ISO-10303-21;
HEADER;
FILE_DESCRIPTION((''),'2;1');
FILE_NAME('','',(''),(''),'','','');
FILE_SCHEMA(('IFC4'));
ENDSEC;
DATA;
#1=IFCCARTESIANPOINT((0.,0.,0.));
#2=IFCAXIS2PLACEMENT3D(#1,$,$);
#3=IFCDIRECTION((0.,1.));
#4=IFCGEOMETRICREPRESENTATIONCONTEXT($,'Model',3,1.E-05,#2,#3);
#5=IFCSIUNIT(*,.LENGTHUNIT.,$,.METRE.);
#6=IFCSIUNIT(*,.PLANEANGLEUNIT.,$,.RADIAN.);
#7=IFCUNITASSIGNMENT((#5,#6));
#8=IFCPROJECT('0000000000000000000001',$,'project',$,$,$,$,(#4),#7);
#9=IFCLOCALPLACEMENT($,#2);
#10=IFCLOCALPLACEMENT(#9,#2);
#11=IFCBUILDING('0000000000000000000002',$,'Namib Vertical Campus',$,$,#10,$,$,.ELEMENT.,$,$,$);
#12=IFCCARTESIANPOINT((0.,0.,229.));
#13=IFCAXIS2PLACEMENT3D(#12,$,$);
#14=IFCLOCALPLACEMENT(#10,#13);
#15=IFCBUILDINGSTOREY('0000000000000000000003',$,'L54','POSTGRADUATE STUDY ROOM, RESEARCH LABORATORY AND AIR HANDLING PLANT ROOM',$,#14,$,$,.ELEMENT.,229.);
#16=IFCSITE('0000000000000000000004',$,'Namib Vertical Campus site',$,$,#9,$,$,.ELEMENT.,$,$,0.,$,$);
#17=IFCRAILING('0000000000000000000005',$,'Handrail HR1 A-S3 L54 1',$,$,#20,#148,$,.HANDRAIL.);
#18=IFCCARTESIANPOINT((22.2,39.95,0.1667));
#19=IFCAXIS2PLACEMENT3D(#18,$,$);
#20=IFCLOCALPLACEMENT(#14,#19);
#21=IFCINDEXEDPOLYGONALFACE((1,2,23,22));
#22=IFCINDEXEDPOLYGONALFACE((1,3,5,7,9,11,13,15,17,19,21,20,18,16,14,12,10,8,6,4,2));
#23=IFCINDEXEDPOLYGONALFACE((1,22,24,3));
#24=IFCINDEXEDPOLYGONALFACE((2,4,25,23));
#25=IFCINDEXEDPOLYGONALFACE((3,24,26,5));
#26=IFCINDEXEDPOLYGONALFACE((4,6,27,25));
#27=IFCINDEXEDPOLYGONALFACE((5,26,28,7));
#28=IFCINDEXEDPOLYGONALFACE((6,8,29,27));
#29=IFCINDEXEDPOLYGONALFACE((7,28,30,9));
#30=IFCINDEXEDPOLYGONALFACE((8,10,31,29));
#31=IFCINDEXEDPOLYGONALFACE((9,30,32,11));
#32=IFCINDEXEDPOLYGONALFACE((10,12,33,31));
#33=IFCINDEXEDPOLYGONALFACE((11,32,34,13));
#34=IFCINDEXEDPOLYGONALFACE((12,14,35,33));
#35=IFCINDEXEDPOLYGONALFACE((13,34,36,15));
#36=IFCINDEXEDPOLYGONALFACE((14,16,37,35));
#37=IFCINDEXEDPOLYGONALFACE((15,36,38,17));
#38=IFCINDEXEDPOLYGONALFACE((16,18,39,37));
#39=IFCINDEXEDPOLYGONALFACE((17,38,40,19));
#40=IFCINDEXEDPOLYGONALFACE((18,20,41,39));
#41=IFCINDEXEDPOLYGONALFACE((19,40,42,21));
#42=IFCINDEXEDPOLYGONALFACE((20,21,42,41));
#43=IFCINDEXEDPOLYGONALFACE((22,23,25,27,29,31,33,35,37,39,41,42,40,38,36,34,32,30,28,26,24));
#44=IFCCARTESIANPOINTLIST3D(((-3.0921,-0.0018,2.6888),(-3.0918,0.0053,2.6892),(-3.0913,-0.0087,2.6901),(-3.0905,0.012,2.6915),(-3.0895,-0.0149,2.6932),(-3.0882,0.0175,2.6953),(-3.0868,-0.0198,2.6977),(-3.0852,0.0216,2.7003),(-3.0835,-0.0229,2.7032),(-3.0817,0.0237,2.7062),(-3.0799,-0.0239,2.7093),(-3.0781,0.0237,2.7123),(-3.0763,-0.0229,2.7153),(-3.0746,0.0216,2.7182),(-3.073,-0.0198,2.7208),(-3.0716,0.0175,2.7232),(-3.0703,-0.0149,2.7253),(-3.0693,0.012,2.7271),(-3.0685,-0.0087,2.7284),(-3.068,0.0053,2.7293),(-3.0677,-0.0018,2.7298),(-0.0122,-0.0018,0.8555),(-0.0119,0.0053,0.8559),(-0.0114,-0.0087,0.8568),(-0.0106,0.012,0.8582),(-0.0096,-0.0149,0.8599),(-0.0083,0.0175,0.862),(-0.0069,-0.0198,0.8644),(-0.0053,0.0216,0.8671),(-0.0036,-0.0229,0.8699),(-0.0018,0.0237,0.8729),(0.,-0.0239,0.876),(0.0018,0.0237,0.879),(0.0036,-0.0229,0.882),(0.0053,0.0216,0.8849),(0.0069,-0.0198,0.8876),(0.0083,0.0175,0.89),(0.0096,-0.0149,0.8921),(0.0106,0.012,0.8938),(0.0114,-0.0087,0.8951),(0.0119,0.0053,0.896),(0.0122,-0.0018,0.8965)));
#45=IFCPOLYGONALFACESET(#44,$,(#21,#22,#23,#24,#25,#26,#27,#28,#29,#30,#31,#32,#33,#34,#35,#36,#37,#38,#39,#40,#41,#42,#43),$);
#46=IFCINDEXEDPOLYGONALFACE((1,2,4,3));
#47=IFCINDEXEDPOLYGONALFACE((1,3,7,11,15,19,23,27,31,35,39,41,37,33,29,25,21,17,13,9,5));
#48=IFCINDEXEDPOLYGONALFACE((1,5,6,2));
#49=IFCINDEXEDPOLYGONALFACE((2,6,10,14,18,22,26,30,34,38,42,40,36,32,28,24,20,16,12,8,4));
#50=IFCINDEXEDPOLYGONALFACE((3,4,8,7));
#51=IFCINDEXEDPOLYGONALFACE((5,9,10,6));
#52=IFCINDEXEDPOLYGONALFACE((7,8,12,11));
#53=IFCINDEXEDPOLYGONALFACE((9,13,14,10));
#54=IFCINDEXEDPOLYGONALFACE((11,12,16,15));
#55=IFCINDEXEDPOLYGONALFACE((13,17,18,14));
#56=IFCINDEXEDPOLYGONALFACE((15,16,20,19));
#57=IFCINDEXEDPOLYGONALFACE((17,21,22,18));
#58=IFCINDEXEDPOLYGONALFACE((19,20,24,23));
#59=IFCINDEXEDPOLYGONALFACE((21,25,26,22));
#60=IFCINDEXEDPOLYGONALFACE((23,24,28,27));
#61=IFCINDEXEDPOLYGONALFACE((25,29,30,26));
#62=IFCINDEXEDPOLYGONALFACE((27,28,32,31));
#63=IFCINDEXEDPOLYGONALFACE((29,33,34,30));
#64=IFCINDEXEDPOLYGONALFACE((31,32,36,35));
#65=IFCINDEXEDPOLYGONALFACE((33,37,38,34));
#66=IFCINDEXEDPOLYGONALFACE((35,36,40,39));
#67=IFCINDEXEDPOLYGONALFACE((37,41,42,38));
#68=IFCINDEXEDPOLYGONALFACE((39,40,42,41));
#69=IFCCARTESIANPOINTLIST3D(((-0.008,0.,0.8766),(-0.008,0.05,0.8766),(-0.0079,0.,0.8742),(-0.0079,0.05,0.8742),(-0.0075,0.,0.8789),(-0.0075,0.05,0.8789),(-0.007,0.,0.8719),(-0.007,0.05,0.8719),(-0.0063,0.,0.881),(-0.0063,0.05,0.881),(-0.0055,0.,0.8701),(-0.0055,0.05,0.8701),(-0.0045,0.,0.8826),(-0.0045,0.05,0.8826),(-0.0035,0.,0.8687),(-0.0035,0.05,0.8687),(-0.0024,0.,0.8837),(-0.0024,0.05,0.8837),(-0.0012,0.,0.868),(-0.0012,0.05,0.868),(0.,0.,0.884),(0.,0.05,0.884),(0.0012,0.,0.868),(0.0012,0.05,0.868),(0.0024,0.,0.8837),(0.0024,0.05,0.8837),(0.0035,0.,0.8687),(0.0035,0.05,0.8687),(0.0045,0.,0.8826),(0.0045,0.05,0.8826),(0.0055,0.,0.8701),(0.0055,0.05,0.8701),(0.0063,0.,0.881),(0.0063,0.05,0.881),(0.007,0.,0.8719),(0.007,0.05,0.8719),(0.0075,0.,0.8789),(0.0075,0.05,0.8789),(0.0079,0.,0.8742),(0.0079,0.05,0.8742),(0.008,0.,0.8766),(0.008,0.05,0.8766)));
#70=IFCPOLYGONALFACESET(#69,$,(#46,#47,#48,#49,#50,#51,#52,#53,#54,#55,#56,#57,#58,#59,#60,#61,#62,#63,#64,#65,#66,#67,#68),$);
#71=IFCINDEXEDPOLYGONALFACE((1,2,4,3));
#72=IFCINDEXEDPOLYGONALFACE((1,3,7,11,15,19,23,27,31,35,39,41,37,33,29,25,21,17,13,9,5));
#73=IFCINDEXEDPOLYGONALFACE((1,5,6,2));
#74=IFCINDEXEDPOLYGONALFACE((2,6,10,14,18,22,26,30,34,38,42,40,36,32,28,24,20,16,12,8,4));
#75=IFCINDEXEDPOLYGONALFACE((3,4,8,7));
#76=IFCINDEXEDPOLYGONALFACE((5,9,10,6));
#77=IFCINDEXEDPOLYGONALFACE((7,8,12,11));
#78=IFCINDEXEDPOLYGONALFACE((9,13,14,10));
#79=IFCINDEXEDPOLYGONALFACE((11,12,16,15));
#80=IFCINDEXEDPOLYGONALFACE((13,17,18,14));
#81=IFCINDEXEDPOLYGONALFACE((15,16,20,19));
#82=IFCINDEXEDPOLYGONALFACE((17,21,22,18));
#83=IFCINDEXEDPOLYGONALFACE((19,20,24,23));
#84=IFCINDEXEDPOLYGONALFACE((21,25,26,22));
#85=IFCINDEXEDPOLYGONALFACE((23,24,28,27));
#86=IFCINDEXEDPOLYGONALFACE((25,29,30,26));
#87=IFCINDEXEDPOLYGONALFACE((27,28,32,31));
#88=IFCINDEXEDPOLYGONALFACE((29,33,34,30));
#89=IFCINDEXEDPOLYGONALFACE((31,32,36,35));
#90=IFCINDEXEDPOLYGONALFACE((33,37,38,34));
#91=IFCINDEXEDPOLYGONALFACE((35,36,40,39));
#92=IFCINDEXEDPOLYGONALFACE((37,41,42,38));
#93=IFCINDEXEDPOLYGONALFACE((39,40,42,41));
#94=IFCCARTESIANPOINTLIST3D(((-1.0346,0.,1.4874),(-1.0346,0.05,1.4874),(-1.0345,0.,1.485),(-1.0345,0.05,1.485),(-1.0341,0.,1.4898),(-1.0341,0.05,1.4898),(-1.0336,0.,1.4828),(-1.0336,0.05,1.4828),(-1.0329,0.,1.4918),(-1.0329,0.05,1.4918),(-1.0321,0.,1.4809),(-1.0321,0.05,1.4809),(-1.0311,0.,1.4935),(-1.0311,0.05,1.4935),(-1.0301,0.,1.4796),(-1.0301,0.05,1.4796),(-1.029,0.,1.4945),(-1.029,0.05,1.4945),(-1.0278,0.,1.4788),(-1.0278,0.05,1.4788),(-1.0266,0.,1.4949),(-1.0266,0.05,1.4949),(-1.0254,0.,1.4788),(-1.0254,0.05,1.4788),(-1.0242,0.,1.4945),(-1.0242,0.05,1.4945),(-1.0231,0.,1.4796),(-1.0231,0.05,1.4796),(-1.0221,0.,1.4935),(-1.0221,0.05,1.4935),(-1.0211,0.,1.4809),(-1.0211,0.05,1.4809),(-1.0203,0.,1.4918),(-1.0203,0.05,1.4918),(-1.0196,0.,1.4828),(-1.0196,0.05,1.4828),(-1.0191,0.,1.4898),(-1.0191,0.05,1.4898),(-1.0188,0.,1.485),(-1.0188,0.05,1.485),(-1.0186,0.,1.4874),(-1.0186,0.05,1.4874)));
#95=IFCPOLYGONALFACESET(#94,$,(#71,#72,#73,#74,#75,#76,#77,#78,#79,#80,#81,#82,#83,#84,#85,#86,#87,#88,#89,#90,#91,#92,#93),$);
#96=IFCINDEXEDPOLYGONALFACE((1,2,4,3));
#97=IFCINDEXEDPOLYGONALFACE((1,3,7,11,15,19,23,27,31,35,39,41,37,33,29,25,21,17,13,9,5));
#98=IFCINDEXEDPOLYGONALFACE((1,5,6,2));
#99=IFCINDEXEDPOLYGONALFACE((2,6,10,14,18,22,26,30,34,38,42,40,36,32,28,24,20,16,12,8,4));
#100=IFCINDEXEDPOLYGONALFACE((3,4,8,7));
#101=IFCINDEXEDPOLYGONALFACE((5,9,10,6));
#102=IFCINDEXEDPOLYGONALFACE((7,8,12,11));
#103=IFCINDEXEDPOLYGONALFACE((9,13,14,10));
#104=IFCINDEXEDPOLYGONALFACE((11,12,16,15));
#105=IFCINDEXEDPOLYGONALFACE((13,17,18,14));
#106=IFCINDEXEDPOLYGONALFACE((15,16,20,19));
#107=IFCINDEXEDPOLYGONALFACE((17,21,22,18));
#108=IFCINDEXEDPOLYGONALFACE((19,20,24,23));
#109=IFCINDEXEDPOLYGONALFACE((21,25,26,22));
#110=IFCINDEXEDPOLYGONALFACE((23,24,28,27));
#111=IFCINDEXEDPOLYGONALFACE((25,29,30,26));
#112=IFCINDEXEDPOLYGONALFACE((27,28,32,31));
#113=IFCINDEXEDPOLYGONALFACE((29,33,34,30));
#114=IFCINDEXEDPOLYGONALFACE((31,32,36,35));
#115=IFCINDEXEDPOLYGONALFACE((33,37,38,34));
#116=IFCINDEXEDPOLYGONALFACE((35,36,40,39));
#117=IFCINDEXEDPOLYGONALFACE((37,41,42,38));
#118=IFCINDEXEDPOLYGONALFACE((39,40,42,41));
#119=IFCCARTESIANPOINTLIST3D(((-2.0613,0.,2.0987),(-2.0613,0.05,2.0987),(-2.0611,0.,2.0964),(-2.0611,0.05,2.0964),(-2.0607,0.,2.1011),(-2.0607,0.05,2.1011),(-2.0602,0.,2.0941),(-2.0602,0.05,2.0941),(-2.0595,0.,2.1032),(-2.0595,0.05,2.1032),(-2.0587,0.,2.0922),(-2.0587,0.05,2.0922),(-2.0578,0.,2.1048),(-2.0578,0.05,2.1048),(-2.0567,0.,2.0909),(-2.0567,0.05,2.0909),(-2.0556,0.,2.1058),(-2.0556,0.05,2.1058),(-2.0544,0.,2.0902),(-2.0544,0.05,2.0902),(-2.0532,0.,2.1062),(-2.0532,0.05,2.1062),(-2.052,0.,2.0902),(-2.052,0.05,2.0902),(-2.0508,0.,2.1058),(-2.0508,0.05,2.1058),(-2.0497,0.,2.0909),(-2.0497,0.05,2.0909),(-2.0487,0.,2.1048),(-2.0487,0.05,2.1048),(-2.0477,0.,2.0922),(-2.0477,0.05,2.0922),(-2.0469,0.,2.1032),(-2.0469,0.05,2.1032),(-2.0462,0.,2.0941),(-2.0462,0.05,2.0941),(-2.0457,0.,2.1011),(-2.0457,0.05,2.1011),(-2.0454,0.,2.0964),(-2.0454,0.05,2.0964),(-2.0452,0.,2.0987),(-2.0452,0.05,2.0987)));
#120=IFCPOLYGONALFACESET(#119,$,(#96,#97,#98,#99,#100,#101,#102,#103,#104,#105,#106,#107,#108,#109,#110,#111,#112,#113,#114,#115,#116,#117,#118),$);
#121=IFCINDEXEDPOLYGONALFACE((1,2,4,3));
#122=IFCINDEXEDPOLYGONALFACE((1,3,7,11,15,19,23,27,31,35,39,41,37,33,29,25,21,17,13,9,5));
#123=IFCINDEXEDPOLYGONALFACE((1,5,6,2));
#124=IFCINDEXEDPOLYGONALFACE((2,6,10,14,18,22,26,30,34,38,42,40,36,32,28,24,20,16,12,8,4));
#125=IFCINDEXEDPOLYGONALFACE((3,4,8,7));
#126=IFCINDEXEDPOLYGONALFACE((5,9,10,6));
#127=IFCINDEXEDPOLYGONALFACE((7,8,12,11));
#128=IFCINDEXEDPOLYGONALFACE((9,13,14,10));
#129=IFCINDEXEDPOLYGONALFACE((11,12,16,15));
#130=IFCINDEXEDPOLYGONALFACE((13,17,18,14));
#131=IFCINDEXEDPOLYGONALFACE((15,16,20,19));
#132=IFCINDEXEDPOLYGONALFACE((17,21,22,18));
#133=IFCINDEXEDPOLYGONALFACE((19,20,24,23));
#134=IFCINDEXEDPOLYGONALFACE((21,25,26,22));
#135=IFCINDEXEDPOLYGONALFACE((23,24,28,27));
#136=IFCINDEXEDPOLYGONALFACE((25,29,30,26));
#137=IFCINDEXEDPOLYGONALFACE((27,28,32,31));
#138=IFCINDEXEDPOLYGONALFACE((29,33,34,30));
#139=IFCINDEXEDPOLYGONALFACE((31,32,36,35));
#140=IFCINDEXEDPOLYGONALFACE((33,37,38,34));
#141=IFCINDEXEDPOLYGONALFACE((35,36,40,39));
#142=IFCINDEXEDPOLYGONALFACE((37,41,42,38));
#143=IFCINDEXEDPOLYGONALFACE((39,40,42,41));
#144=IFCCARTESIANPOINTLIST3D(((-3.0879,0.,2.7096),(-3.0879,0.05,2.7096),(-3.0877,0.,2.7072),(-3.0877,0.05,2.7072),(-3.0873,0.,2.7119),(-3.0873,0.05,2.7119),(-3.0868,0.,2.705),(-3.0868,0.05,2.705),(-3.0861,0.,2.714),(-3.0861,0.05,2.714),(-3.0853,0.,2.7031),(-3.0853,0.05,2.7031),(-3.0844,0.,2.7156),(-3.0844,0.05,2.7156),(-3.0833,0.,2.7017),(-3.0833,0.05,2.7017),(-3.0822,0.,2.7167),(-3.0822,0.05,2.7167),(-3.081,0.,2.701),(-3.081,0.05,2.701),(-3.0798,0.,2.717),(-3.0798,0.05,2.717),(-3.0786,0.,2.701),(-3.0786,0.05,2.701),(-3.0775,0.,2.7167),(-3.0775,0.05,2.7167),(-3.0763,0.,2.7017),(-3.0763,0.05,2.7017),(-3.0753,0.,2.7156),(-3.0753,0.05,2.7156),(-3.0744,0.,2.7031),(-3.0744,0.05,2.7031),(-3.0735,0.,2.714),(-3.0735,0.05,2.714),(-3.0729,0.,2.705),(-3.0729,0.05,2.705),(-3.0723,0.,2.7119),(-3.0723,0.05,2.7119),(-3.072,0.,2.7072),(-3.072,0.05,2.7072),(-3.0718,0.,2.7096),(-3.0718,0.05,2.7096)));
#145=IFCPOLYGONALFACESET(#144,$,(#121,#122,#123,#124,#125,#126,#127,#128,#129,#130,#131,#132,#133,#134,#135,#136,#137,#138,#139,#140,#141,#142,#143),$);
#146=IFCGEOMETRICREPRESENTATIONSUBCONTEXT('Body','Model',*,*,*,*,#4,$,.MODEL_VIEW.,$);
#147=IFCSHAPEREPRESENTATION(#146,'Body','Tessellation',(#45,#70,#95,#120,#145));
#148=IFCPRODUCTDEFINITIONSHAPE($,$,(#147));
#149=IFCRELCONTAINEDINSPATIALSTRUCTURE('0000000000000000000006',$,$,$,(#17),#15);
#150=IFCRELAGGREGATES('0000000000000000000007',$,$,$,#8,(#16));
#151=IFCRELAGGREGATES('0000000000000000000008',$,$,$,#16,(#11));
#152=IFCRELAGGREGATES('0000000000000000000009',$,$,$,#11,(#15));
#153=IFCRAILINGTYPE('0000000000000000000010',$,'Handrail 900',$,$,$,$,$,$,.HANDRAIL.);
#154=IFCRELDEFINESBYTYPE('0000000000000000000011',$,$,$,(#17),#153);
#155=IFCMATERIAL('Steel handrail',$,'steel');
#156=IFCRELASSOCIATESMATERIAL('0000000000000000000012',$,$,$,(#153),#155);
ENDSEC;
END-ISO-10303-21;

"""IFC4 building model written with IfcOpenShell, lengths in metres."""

from ifc_helpers import new_model, si_unit, direction, frame, origin, origin_2d, place, context, subcontext, project, spatial, circle, extrude, material, type_object, element, save


model = new_model("IFC4")

# Units and contexts
model_context = context("Model", 3, precision=1e-05, world=origin(), true_north=direction((0.0, 1.0)))
body_context = subcontext(model_context, "Body", "Model", "MODEL_VIEW")
ifc_project = project(units=[si_unit("LENGTHUNIT", "METRE"), si_unit("PLANEANGLEUNIT", "RADIAN")], contexts=[model_context])

# Site, building, storey
site_placement = place(None, origin())
site = spatial("IfcSite", under=ifc_project, at=site_placement, Name="Namib Vertical Campus site", CompositionType="ELEMENT", RefElevation=0.0)
building_placement = place(site_placement, origin())
building = spatial("IfcBuilding", under=site, at=building_placement, Name="Namib Vertical Campus", CompositionType="ELEMENT")
storey_placement = place(building_placement, frame((0.0, 0.0, 229.0)))
storey = spatial("IfcBuildingStorey", under=building, at=storey_placement, Name="L54", Description="POSTGRADUATE STUDY ROOM, RESEARCH LABORATORY AND AIR HANDLING PLANT ROOM", CompositionType="ELEMENT", Elevation=229.0)

# Railing
ifc_material_1 = material(Name="Steel handrail", Category="steel")
railing_type_1 = type_object("IfcRailingType", Name="Handrail 900", PredefinedType="HANDRAIL", material=ifc_material_1)
railing_1_placement = place(storey_placement, frame((22.2, 39.95, 0.1667)))
element("IfcRailing", 1, at=railing_1_placement, inside=storey, type_object=railing_type_1, Name="Handrail HR1 A-S3 L54 1", PredefinedType="HANDRAIL", context=body_context, shape_type="SweptSolid", body=[
    extrude(circle(Radius=0.0239, at=origin_2d()), frame((0.0, 0.0, 0.876), z_axis=(-0.859291, 0.0, 0.511487), x_axis=(0.0, -1.0, 0.0)), (0.0, 0.0, 1.0), 3.5842),
    extrude(circle(Radius=0.0081, at=origin_2d()), frame((0.0, 0.0, 0.876), z_axis=(0.0, 1.0, 0.0), x_axis=(0.0, 0.0, 1.0)), (0.0, 0.0, 1.0), 0.05),
    extrude(circle(Radius=0.0081, at=origin_2d()), frame((-1.0266, 0.0, 1.4868), z_axis=(0.0, 1.0, 0.0), x_axis=(0.0, 0.0, 1.0)), (0.0, 0.0, 1.0), 0.05),
    extrude(circle(Radius=0.0081, at=origin_2d()), frame((-2.0532, 0.0, 2.0981), z_axis=(0.0, 1.0, 0.0), x_axis=(0.0, 0.0, 1.0)), (0.0, 0.0, 1.0), 0.05),
    extrude(circle(Radius=0.0081, at=origin_2d()), frame((-3.0798, 0.0, 2.709), z_axis=(0.0, 1.0, 0.0), x_axis=(0.0, 0.0, 1.0)), (0.0, 0.0, 1.0), 0.05),
])

save(model, "model.ifc")
